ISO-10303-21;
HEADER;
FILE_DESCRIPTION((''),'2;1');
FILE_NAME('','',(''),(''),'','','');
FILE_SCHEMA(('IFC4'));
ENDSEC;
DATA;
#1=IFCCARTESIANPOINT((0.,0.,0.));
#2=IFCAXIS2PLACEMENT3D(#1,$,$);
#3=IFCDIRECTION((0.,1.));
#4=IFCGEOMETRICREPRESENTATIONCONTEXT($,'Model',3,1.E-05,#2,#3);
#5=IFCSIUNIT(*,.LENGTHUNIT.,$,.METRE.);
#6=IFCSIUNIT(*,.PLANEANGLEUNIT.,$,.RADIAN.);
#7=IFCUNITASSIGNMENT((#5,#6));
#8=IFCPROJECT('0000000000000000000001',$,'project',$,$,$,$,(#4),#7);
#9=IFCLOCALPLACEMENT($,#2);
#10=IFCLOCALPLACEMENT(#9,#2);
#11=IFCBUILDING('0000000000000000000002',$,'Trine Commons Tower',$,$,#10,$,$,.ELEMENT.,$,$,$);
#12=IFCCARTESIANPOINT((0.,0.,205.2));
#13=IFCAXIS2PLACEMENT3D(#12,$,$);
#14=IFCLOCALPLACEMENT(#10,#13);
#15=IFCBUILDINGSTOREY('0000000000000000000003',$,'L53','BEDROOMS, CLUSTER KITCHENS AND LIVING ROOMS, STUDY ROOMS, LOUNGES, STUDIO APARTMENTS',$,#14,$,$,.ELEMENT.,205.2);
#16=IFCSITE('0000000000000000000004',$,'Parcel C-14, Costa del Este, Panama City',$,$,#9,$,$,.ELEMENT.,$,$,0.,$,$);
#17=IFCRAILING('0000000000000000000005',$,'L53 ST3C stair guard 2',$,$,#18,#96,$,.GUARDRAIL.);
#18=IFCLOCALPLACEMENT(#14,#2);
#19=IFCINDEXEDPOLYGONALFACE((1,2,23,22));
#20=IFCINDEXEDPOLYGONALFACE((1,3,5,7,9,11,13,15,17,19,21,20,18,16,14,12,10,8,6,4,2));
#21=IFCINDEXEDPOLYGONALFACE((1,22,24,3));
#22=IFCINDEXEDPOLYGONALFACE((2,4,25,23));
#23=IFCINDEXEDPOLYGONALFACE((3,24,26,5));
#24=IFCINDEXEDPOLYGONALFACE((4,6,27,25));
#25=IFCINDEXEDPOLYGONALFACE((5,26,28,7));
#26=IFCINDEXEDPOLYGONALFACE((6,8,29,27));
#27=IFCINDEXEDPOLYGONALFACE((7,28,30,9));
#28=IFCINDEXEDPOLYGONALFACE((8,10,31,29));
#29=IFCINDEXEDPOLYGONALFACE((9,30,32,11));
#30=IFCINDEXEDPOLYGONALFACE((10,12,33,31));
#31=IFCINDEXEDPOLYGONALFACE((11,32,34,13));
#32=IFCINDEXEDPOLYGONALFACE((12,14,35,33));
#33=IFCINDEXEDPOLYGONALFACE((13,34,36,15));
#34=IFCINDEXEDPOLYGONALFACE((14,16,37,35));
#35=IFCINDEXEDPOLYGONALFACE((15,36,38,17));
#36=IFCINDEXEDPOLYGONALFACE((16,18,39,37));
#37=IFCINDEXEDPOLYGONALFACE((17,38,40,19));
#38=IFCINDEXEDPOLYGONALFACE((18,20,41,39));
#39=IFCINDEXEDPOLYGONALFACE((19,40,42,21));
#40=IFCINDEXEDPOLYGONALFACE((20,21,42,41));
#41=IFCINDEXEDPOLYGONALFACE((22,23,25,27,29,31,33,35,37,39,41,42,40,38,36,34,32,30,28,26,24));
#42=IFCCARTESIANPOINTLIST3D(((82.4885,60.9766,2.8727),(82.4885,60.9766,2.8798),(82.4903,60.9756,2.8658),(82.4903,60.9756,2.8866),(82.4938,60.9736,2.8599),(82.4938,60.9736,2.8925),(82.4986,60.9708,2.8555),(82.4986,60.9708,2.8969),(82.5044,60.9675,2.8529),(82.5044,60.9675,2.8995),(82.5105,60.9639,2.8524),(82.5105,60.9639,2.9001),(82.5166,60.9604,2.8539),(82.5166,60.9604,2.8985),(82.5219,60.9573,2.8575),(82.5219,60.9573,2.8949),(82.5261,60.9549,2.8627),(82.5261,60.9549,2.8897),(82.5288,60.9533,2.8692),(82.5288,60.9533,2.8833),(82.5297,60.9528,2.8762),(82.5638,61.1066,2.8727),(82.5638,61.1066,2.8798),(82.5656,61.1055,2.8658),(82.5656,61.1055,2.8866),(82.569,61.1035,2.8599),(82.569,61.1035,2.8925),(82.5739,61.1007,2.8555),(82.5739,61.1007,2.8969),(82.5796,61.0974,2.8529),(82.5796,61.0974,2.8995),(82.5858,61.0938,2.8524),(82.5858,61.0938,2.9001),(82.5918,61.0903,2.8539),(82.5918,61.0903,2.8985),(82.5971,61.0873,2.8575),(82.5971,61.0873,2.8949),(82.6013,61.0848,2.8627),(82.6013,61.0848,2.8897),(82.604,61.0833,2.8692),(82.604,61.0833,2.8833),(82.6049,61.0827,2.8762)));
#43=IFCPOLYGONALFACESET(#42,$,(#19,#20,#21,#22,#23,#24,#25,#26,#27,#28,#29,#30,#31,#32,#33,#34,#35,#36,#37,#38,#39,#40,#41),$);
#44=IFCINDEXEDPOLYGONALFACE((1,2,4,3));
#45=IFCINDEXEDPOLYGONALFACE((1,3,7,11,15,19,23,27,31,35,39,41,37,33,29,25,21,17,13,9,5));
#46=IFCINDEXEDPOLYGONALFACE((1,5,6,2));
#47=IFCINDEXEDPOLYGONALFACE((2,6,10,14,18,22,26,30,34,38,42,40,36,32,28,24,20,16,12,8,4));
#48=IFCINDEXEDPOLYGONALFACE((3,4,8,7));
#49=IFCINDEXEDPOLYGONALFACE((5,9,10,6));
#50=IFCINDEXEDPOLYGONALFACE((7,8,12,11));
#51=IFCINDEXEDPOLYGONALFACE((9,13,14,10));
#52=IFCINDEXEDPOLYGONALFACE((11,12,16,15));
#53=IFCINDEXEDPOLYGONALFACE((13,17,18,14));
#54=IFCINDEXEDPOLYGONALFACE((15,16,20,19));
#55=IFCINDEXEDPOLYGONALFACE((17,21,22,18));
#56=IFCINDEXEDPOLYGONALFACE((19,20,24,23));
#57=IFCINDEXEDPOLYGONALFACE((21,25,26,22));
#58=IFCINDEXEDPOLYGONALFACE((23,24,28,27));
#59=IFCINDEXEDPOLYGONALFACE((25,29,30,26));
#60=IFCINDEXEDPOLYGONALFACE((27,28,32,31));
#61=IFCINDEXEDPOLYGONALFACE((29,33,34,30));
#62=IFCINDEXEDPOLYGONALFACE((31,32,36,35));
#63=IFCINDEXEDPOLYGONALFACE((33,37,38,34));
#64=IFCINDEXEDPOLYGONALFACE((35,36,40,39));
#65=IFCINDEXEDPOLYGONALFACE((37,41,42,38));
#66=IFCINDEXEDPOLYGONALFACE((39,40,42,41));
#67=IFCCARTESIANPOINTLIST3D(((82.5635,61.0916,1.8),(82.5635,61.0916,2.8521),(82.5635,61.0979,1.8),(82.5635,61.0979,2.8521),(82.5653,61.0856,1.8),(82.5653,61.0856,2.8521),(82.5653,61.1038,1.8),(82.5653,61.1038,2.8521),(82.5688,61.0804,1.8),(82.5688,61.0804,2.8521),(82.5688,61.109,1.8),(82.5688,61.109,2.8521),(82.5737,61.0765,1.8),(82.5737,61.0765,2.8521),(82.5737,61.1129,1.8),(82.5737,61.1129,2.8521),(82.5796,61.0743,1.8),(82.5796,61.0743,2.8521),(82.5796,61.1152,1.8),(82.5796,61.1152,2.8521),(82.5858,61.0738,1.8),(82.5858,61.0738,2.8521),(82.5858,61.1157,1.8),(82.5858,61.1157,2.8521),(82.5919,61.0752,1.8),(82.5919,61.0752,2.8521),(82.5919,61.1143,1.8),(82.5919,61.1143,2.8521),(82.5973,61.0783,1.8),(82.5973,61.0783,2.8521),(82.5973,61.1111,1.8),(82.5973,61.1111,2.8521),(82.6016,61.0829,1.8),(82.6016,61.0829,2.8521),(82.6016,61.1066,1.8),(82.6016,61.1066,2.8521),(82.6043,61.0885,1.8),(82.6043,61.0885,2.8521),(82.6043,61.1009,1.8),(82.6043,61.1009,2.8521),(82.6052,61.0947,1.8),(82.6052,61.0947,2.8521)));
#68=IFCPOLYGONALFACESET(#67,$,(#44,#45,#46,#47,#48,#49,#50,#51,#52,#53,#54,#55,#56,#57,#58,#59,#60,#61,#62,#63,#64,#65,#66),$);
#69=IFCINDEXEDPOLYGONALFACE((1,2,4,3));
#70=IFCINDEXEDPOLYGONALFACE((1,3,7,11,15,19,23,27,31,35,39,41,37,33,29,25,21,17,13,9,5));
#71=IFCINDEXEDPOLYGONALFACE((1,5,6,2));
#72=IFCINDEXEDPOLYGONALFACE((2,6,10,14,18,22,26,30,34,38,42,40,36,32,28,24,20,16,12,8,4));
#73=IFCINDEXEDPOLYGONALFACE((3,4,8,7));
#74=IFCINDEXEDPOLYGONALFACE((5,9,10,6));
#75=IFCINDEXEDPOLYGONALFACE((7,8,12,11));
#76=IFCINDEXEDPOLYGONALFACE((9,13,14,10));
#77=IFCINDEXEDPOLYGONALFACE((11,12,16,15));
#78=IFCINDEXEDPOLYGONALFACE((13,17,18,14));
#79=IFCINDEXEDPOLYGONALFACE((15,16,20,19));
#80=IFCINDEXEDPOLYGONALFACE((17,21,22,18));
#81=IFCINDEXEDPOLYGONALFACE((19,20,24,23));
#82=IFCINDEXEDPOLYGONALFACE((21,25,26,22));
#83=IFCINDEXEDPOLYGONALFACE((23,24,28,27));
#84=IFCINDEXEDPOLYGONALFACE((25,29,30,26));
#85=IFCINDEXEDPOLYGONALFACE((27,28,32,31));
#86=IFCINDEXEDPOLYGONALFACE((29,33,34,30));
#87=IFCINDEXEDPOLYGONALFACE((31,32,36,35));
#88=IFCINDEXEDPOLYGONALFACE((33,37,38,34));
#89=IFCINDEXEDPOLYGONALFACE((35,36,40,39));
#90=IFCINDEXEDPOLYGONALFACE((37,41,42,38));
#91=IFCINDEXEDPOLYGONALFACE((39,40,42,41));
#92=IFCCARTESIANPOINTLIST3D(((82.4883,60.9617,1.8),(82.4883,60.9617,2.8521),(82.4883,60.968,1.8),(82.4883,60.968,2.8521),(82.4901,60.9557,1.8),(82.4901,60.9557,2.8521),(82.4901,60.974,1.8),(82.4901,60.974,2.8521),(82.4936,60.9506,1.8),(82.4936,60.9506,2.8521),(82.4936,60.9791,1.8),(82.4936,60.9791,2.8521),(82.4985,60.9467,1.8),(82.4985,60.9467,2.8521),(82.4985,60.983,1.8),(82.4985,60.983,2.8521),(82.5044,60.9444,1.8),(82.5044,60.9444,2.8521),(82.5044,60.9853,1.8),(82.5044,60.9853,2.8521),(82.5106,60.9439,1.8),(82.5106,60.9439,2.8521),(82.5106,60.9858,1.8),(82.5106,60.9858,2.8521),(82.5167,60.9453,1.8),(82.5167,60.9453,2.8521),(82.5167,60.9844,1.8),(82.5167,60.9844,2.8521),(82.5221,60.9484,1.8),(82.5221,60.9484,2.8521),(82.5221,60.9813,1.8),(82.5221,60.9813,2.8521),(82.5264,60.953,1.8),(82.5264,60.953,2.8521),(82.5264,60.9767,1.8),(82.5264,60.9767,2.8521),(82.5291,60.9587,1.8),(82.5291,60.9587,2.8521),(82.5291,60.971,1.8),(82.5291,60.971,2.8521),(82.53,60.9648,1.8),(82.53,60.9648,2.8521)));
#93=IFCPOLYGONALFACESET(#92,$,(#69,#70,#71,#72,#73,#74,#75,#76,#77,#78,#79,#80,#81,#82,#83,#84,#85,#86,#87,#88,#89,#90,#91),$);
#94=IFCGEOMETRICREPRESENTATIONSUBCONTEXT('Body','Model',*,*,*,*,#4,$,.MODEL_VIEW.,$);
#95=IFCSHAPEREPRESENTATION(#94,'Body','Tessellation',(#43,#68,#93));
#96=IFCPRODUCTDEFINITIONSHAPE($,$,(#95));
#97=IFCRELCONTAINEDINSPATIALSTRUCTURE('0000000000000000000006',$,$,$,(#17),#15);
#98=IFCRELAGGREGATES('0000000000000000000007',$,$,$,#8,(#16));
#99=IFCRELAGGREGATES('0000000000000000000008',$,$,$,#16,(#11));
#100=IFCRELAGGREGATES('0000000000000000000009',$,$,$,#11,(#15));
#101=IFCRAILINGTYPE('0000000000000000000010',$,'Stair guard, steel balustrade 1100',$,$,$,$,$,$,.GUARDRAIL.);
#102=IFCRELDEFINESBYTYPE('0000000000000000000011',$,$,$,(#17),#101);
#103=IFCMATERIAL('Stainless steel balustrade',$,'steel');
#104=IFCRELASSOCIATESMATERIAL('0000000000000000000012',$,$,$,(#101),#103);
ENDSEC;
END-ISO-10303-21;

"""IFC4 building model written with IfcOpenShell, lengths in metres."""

from ifc_helpers import new_model, si_unit, direction, frame, origin, origin_2d, place, context, subcontext, project, spatial, circle, extrude, material, type_object, element, save


model = new_model("IFC4")

# Units and contexts
model_context = context("Model", 3, precision=1e-05, world=origin(), true_north=direction((0.0, 1.0)))
body_context = subcontext(model_context, "Body", "Model", "MODEL_VIEW")
ifc_project = project(units=[si_unit("LENGTHUNIT", "METRE"), si_unit("PLANEANGLEUNIT", "RADIAN")], contexts=[model_context])

# Site, building, storey
site_placement = place(None, origin())
site = spatial("IfcSite", under=ifc_project, at=site_placement, Name="Parcel C-14, Costa del Este, Panama City", CompositionType="ELEMENT", RefElevation=0.0)
building_placement = place(site_placement, origin())
building = spatial("IfcBuilding", under=site, at=building_placement, Name="Trine Commons Tower", CompositionType="ELEMENT")
storey_placement = place(building_placement, frame((0.0, 0.0, 205.2)))
storey = spatial("IfcBuildingStorey", under=building, at=storey_placement, Name="L53", Description="BEDROOMS, CLUSTER KITCHENS AND LIVING ROOMS, STUDY ROOMS, LOUNGES, STUDIO APARTMENTS", CompositionType="ELEMENT", Elevation=205.2)

# Railing
ifc_material_1 = material(Name="Stainless steel balustrade", Category="steel")
railing_type_1 = type_object("IfcRailingType", Name="Stair guard, steel balustrade 1100", PredefinedType="GUARDRAIL", material=ifc_material_1)
railing_1_placement = place(storey_placement, frame((82.5842, 61.0947, 1.8)))
element("IfcRailing", 1, at=railing_1_placement, inside=storey, type_object=railing_type_1, Name="L53 ST3C stair guard 2", PredefinedType="GUARDRAIL", context=body_context, shape_type="SweptSolid", body=[
    extrude(circle(Radius=0.0239, at=origin_2d()), frame((0.0, 0.0, 1.0762), z_axis=(-0.501036, -0.865426, 0.0), x_axis=(0.865426, -0.501036, 0.0)), (0.0, 0.0, 1.0), 0.1501),
    extrude(circle(Radius=0.021, at=origin_2d()), origin(), (0.0, 0.0, 1.0), 1.052),
    extrude(circle(Radius=0.021, at=origin_2d()), frame((-0.0752, -0.1299, 0.0)), (0.0, 0.0, 1.0), 1.052),
])

save(model, "model.ifc")
